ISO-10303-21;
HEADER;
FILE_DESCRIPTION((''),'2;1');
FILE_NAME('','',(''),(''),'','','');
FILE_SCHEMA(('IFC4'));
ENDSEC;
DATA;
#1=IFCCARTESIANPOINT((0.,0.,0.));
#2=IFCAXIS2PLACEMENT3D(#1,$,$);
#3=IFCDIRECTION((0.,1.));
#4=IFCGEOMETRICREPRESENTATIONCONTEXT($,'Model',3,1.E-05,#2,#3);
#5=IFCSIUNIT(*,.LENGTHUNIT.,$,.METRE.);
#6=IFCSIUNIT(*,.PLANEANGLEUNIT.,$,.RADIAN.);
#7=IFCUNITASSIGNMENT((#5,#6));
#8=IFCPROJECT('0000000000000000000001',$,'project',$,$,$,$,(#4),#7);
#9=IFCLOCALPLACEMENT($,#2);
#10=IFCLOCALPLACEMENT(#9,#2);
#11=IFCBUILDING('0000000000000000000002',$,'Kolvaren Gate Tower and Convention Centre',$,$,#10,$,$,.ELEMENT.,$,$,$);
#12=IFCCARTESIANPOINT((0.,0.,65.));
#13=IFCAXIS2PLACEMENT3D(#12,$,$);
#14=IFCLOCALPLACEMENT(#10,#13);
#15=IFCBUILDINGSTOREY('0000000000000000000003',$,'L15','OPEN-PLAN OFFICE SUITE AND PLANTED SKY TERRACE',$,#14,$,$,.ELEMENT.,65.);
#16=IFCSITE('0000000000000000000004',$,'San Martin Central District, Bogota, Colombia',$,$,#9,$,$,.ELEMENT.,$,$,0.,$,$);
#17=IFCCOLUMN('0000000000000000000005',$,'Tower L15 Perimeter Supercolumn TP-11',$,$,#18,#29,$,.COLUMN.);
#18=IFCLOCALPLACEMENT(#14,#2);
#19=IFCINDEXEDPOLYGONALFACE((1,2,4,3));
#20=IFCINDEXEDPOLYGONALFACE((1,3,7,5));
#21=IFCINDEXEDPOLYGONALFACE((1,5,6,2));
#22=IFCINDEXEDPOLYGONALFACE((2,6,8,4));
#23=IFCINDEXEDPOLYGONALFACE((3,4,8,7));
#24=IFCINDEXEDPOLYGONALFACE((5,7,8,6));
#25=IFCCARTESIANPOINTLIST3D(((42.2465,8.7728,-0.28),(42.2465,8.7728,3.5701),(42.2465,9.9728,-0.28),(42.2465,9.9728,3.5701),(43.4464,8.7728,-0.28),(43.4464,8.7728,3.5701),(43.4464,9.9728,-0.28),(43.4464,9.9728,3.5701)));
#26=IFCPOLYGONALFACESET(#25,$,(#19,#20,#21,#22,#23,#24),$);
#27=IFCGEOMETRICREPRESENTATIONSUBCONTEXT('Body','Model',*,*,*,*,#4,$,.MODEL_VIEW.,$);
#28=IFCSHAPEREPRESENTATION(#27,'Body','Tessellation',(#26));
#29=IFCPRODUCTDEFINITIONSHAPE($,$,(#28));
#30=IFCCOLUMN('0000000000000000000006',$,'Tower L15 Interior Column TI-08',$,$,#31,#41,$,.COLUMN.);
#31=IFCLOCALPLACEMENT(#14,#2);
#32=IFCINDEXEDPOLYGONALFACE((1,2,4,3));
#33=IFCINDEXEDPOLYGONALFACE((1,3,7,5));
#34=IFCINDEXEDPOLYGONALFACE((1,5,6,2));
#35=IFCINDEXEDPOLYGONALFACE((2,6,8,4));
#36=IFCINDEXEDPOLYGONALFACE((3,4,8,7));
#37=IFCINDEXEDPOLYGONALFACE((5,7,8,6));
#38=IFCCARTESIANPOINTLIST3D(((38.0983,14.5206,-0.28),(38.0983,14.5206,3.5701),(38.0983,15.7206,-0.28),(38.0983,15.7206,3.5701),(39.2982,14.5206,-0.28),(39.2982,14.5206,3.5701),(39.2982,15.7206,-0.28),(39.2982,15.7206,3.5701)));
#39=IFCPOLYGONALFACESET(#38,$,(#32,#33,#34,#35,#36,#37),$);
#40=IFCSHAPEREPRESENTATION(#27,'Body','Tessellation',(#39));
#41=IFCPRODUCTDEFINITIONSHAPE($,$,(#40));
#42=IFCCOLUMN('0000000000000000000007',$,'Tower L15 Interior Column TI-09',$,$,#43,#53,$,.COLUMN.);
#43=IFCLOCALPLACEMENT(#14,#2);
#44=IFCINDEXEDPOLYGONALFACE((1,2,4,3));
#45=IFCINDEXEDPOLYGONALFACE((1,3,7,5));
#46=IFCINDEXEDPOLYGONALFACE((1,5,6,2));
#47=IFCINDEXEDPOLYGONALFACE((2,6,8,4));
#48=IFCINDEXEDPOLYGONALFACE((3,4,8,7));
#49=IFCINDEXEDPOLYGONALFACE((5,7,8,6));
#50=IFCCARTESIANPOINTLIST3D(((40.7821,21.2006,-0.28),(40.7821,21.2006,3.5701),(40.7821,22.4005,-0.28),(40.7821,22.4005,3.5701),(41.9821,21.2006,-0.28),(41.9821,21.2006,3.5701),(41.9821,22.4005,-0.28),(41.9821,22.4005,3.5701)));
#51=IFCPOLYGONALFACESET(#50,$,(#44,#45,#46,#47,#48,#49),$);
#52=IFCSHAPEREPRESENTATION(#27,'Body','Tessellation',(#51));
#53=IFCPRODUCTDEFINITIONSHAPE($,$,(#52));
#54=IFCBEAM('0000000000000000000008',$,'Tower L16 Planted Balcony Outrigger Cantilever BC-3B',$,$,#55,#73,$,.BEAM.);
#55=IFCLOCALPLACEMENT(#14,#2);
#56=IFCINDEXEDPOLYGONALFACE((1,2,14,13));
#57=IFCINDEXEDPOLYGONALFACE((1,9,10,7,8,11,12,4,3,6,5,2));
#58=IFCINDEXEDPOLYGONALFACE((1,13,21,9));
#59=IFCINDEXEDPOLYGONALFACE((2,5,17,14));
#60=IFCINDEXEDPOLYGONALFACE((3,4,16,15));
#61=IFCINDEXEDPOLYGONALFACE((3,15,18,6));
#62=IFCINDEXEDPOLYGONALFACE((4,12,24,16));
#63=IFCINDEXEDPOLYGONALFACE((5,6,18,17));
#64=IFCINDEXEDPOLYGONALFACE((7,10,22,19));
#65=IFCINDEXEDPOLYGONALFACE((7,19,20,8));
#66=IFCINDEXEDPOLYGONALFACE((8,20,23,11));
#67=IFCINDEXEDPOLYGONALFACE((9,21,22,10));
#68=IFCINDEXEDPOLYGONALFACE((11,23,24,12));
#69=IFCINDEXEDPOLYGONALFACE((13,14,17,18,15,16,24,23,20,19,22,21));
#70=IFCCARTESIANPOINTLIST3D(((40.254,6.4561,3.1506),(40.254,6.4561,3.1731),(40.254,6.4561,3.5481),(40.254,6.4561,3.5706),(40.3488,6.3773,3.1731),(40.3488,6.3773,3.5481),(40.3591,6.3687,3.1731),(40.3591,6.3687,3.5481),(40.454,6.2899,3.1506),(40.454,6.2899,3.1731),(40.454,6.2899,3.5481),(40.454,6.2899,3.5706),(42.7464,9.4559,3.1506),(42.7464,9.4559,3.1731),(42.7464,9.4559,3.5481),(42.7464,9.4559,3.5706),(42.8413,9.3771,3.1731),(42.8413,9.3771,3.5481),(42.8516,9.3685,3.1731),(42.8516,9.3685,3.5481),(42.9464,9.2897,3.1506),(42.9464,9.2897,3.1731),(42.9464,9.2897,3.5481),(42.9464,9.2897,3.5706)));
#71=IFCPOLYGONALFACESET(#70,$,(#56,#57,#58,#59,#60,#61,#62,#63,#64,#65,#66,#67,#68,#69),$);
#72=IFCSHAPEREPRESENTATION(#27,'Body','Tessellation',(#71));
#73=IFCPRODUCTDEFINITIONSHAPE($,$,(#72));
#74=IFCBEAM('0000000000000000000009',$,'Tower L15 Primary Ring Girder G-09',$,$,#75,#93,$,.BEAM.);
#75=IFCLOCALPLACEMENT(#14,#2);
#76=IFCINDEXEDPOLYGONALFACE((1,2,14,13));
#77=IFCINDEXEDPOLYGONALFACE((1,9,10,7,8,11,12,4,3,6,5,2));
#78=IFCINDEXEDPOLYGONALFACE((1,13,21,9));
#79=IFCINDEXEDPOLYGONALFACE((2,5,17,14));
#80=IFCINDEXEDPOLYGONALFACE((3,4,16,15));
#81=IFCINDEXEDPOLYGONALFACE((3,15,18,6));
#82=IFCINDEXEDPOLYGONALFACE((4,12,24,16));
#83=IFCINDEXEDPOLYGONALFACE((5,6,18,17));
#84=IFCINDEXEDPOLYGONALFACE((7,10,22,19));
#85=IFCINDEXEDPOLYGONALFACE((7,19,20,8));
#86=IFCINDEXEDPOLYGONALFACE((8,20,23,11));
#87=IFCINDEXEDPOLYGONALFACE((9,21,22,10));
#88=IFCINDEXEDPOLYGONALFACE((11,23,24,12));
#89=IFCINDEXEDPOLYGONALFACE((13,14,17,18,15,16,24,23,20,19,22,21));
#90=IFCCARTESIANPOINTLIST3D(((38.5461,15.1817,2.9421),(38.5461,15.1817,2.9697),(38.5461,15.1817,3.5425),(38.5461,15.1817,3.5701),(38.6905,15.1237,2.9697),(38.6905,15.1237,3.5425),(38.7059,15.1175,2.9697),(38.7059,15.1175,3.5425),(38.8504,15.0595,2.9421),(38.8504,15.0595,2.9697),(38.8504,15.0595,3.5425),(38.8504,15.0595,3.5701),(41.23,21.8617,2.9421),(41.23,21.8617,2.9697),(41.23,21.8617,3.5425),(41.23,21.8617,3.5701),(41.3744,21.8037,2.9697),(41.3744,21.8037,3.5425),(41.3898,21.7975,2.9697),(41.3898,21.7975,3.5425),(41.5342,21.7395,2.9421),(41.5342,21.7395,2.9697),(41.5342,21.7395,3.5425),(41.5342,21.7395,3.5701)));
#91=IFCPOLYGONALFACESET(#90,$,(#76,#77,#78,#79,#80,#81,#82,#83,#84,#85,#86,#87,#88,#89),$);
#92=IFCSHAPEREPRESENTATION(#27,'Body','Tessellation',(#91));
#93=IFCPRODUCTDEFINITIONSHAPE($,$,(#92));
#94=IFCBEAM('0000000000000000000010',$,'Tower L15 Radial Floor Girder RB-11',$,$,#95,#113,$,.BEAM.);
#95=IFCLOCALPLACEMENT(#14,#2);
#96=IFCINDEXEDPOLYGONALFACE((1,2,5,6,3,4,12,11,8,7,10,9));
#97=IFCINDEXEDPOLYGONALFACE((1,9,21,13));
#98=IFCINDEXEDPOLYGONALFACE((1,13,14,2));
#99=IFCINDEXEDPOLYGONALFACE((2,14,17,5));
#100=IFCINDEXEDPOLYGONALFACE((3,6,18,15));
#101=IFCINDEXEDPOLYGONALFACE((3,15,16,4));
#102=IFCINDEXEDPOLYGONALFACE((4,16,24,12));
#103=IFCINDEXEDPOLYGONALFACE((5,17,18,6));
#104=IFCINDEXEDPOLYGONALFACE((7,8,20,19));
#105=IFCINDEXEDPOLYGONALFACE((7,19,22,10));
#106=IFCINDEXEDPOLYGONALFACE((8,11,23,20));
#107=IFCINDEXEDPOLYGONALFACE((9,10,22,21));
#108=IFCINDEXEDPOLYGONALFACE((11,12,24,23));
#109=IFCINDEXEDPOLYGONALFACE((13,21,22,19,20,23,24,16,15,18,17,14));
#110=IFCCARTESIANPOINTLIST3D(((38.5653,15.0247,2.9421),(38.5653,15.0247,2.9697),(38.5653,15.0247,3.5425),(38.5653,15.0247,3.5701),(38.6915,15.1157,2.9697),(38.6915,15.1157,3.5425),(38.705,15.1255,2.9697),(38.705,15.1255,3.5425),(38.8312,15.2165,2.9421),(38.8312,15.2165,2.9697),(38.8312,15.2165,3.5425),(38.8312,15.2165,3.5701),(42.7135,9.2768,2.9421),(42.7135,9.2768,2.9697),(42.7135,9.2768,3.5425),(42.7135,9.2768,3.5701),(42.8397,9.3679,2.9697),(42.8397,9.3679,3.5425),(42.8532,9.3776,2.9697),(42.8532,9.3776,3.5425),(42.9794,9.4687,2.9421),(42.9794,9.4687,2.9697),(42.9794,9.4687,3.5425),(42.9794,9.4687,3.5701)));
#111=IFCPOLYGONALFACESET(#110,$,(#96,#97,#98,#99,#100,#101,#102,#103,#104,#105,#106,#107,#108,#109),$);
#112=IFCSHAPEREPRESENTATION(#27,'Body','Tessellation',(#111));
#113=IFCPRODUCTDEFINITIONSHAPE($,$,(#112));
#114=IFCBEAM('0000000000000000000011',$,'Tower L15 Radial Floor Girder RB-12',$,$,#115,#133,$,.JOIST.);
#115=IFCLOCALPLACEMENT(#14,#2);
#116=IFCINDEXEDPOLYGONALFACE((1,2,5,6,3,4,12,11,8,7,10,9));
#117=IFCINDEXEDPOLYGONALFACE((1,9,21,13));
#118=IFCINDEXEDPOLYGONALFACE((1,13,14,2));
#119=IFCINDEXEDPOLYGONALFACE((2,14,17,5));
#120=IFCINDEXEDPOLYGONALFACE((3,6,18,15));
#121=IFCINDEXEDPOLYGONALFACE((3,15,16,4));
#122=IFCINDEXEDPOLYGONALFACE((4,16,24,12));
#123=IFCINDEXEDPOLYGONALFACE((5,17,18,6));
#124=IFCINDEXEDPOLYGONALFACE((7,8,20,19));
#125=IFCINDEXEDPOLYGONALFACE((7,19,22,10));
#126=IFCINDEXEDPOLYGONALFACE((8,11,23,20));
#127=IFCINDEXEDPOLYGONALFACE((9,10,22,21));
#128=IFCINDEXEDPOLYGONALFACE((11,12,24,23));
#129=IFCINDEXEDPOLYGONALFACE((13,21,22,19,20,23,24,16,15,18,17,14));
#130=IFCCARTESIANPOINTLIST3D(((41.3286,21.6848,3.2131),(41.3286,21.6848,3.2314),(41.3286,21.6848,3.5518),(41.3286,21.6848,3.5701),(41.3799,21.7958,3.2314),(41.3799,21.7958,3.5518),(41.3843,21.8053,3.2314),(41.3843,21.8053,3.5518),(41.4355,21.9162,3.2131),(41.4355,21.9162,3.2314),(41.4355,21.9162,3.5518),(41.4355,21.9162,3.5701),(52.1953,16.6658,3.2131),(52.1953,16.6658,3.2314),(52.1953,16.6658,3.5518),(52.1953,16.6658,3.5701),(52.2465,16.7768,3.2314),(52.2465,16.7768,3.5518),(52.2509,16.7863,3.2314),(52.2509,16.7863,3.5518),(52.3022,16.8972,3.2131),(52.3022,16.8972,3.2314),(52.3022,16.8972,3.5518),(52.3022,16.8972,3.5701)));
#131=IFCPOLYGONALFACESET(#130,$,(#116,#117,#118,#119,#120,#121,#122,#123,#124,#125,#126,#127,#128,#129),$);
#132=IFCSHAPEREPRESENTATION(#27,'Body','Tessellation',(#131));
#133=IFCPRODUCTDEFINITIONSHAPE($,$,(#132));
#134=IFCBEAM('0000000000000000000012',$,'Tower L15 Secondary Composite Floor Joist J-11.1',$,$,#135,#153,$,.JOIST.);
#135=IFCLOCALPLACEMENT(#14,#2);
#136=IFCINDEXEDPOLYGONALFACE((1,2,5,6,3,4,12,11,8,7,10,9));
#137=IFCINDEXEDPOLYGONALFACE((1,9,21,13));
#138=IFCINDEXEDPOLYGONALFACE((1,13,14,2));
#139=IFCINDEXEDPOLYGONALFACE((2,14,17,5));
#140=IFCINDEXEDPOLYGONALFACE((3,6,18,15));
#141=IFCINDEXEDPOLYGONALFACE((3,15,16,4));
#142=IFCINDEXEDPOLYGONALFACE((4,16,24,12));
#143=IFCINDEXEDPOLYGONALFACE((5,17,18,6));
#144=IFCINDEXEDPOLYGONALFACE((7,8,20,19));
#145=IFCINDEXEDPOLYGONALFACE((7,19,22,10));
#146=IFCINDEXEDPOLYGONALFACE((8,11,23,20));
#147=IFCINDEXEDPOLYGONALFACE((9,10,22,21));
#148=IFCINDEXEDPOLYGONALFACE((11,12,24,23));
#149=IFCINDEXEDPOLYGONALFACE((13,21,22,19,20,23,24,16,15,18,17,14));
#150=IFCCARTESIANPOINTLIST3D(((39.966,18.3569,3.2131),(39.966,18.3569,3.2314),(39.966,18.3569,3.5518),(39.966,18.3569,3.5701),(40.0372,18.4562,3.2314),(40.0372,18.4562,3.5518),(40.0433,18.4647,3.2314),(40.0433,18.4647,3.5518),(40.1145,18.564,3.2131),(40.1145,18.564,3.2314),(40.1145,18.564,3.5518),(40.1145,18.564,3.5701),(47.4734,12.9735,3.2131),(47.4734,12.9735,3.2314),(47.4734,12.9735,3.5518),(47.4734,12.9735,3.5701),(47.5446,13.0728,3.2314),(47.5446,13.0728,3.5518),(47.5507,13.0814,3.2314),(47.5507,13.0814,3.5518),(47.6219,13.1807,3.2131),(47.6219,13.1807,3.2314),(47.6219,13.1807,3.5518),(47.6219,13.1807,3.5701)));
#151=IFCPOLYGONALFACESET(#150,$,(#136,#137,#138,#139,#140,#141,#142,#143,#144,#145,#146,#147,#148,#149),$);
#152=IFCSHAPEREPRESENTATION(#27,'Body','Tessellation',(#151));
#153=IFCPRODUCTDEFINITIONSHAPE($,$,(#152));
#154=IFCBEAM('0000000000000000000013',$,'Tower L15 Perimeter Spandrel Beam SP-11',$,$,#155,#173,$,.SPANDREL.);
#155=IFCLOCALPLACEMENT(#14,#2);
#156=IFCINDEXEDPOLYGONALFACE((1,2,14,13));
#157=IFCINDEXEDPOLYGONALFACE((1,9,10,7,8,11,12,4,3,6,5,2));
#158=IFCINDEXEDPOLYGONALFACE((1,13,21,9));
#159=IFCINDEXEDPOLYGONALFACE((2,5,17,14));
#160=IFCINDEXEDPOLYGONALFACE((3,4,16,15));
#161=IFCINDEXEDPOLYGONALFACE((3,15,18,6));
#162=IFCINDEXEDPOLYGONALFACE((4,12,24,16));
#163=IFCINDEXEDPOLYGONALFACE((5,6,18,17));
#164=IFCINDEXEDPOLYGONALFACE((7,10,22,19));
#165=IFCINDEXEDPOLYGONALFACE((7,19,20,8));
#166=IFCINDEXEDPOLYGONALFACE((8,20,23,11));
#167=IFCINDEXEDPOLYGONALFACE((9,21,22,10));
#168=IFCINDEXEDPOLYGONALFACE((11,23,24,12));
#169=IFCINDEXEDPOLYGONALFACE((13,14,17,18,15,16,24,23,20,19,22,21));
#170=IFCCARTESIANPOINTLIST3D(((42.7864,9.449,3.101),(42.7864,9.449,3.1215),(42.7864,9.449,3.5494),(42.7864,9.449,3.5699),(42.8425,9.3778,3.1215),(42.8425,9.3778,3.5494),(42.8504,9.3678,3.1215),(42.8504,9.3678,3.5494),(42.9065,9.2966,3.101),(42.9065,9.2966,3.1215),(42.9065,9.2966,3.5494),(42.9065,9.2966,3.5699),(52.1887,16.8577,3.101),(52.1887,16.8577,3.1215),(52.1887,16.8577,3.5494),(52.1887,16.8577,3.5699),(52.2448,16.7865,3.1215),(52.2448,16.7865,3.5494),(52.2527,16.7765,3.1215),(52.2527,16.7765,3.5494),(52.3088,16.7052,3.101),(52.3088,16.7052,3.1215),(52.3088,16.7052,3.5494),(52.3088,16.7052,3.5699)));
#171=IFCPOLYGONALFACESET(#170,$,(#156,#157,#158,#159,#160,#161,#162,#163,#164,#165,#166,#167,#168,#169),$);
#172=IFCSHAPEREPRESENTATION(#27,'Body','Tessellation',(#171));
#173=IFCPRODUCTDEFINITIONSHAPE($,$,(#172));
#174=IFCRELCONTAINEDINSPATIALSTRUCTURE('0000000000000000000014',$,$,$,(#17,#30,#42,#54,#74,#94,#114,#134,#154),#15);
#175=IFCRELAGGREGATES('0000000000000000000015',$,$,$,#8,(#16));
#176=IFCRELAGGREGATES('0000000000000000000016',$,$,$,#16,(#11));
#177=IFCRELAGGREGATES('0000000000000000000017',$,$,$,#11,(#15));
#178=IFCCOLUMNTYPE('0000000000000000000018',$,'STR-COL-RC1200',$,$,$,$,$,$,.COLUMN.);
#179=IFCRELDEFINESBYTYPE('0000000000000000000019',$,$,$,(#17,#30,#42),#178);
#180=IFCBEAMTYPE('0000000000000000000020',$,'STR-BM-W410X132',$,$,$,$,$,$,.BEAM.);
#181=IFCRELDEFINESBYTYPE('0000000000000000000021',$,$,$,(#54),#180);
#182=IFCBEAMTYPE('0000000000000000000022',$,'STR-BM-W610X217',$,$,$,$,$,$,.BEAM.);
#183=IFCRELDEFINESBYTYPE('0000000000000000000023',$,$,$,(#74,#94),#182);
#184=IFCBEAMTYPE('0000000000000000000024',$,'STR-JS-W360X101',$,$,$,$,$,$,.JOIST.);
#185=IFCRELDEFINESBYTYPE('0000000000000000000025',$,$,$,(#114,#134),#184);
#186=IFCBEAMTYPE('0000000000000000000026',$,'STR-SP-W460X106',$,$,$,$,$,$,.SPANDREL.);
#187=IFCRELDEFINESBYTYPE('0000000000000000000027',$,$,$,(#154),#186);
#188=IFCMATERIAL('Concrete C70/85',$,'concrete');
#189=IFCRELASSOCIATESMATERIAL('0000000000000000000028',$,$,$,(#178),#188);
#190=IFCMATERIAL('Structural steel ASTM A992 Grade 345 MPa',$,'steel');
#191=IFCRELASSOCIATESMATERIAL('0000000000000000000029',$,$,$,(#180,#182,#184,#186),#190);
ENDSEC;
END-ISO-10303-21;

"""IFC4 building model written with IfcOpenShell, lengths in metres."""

from ifc_helpers import new_model, si_unit, direction, frame, origin, origin_2d, place, context, subcontext, project, spatial, rectangle, i_section, extrude, material, material_profile, profile_set, type_object, element, save


model = new_model("IFC4")

# Units and contexts
model_context = context("Model", 3, precision=1e-05, world=origin(), true_north=direction((0.0, 1.0)))
body_context = subcontext(model_context, "Body", "Model", "MODEL_VIEW")
ifc_project = project(units=[si_unit("LENGTHUNIT", "METRE"), si_unit("PLANEANGLEUNIT", "RADIAN")], contexts=[model_context])

# Site, building, storey
site_placement = place(None, origin())
site = spatial("IfcSite", under=ifc_project, at=site_placement, Name="San Martin Central District, Bogota, Colombia", CompositionType="ELEMENT", RefElevation=0.0)
building_placement = place(site_placement, origin())
building = spatial("IfcBuilding", under=site, at=building_placement, Name="Kolvaren Gate Tower and Convention Centre", CompositionType="ELEMENT")
storey_placement = place(building_placement, frame((0.0, 0.0, 65.0)))
storey = spatial("IfcBuildingStorey", under=building, at=storey_placement, Name="L15", Description="OPEN-PLAN OFFICE SUITE AND PLANTED SKY TERRACE", CompositionType="ELEMENT", Elevation=65.0)

# Columns
ifc_material_1 = material(Name="Concrete C70/85", Category="concrete")
ifc_material_profile_1 = material_profile(ifc_material_1, rectangle(XDim=1.2, YDim=1.2, at=origin_2d()), Name="RC-COL-1200X1200")
ifc_profile_set_1 = profile_set([ifc_material_profile_1], Name="Concrete C70/85")
column_type = type_object("IfcColumnType", Name="STR-COL-RC1200", PredefinedType="COLUMN", material=ifc_profile_set_1)
for number, where, z_axis, x_axis, name in (
    (1, (42.8464, 9.3728, -0.28), (0.0, 0.0, 1.0), (1.0, 0.0, 0.0), "Tower L15 Perimeter Supercolumn TP-11"),
    (2, (38.6982, 15.1206, -0.28), (0.0, 0.0, 1.0), (1.0, 0.0, 0.0), "Tower L15 Interior Column TI-08"),
    (3, (41.3821, 21.8005, -0.28), (0.0, 0.0, 1.0), (1.0, 0.0, 0.0), "Tower L15 Interior Column TI-09"),
):
    element("IfcColumn", number, at=place(storey_placement, frame(where, z_axis=z_axis, x_axis=x_axis)), inside=storey, type_object=column_type, Name=name, PredefinedType="COLUMN", context=body_context, shape_type="SweptSolid", body=[
        extrude(rectangle(XDim=1.2, YDim=1.2, at=origin_2d()), origin(), (0.0, 0.0, 1.0), 3.8501),
    ])

# Beams
ifc_material_2 = material(Name="Structural steel ASTM A992 Grade 345 MPa", Category="steel")
ifc_material_profile_2 = material_profile(ifc_material_2, i_section(OverallWidth=0.26, OverallDepth=0.4199, WebThickness=0.0134, FlangeThickness=0.0225, at=origin_2d()), Name="W410X132")
ifc_profile_set_2 = profile_set([ifc_material_profile_2], Name="Structural steel ASTM A992 Grade 345 MPa")
beam_type_1 = type_object("IfcBeamType", Name="STR-BM-W410X132", PredefinedType="BEAM", material=ifc_profile_set_2)
beam_1_placement = place(storey_placement, frame((42.8464, 9.3728, 3.3606), z_axis=(-0.639069, -0.769149, 0.0), x_axis=(0.769149, -0.639069, 0.0)))
element("IfcBeam", 4, at=beam_1_placement, inside=storey, type_object=beam_type_1, Name="Tower L16 Planted Balcony Outrigger Cantilever BC-3B", PredefinedType="BEAM", context=body_context, shape_type="SweptSolid", body=[
    extrude(i_section(OverallWidth=0.26, OverallDepth=0.4199, WebThickness=0.0134, FlangeThickness=0.0225, at=origin_2d()), origin(), (0.0, 0.0, 1.0), 3.9001),
])
ifc_material_profile_3 = material_profile(ifc_material_2, i_section(OverallWidth=0.3279, OverallDepth=0.6279, WebThickness=0.0166, FlangeThickness=0.0276, at=origin_2d()), Name="W610X217")
ifc_profile_set_3 = profile_set([ifc_material_profile_3], Name="Structural steel ASTM A992 Grade 345 MPa")
beam_type_2 = type_object("IfcBeamType", Name="STR-BM-W610X217", PredefinedType="BEAM", material=ifc_profile_set_3)
beam_2_placement = place(storey_placement, frame((38.6982, 15.1206, 3.2561), z_axis=(0.372811, 0.927907, 0.0), x_axis=(-0.927907, 0.372811, 0.0)))
element("IfcBeam", 5, at=beam_2_placement, inside=storey, type_object=beam_type_2, Name="Tower L15 Primary Ring Girder G-09", PredefinedType="BEAM", context=body_context, shape_type="SweptSolid", body=[
    extrude(i_section(OverallWidth=0.3279, OverallDepth=0.6279, WebThickness=0.0166, FlangeThickness=0.0276, at=origin_2d()), origin(), (0.0, 0.0, 1.0), 7.199),
])
beam_3_placement = place(storey_placement, frame((38.6982, 15.1206, 3.2561), z_axis=(0.585213, -0.81088, 0.0), x_axis=(0.81088, 0.585213, 0.0)))
element("IfcBeam", 6, at=beam_3_placement, inside=storey, type_object=beam_type_2, Name="Tower L15 Radial Floor Girder RB-11", PredefinedType="BEAM", context=body_context, shape_type="SweptSolid", body=[
    extrude(i_section(OverallWidth=0.3279, OverallDepth=0.6279, WebThickness=0.0166, FlangeThickness=0.0276, at=origin_2d()), origin(), (0.0, 0.0, 1.0), 7.0884),
])
ifc_material_profile_4 = material_profile(ifc_material_2, i_section(OverallWidth=0.2549, OverallDepth=0.3569, WebThickness=0.0105, FlangeThickness=0.0183, at=origin_2d()), Name="W360X101")
ifc_profile_set_4 = profile_set([ifc_material_profile_4], Name="Structural steel ASTM A992 Grade 345 MPa")
beam_type_3 = type_object("IfcBeamType", Name="STR-JS-W360X101", PredefinedType="JOIST", material=ifc_profile_set_4)
beam_4_placement = place(storey_placement, frame((41.3821, 21.8005, 3.3916), z_axis=(0.907844, -0.419309, 0.0), x_axis=(0.419309, 0.907844, 0.0)))
element("IfcBeam", 7, at=beam_4_placement, inside=storey, type_object=beam_type_3, Name="Tower L15 Radial Floor Girder RB-12", PredefinedType="JOIST", context=body_context, shape_type="SweptSolid", body=[
    extrude(i_section(OverallWidth=0.2549, OverallDepth=0.3569, WebThickness=0.0105, FlangeThickness=0.0183, at=origin_2d()), origin(), (0.0, 0.0, 1.0), 11.9697),
])
beam_5_placement = place(storey_placement, frame((40.0403, 18.4604, 3.3916), z_axis=(0.812661, -0.582737, 0.0), x_axis=(0.582737, 0.812661, 0.0)))
element("IfcBeam", 8, at=beam_5_placement, inside=storey, type_object=beam_type_3, Name="Tower L15 Secondary Composite Floor Joist J-11.1", PredefinedType="JOIST", context=body_context, shape_type="SweptSolid", body=[
    extrude(i_section(OverallWidth=0.2549, OverallDepth=0.3569, WebThickness=0.0105, FlangeThickness=0.0183, at=origin_2d()), origin(), (0.0, 0.0, 1.0), 9.238),
])
ifc_material_profile_5 = material_profile(ifc_material_2, i_section(OverallWidth=0.1941, OverallDepth=0.469, WebThickness=0.0127, FlangeThickness=0.0205, at=origin_2d()), Name="W460X106")
ifc_profile_set_5 = profile_set([ifc_material_profile_5], Name="Structural steel ASTM A992 Grade 345 MPa")
beam_type_4 = type_object("IfcBeamType", Name="STR-SP-W460X106", PredefinedType="SPANDREL", material=ifc_profile_set_5)
beam_6_placement = place(storey_placement, frame((42.8464, 9.3728, 3.3354), z_axis=(0.78546, 0.618913, 0.0), x_axis=(-0.618913, 0.78546, 0.0)))
element("IfcBeam", 9, at=beam_6_placement, inside=storey, type_object=beam_type_4, Name="Tower L15 Perimeter Spandrel Beam SP-11", PredefinedType="SPANDREL", context=body_context, shape_type="SweptSolid", body=[
    extrude(i_section(OverallWidth=0.1941, OverallDepth=0.469, WebThickness=0.0127, FlangeThickness=0.0205, at=origin_2d()), origin(), (0.0, 0.0, 1.0), 11.9705),
])

save(model, "model.ifc")
